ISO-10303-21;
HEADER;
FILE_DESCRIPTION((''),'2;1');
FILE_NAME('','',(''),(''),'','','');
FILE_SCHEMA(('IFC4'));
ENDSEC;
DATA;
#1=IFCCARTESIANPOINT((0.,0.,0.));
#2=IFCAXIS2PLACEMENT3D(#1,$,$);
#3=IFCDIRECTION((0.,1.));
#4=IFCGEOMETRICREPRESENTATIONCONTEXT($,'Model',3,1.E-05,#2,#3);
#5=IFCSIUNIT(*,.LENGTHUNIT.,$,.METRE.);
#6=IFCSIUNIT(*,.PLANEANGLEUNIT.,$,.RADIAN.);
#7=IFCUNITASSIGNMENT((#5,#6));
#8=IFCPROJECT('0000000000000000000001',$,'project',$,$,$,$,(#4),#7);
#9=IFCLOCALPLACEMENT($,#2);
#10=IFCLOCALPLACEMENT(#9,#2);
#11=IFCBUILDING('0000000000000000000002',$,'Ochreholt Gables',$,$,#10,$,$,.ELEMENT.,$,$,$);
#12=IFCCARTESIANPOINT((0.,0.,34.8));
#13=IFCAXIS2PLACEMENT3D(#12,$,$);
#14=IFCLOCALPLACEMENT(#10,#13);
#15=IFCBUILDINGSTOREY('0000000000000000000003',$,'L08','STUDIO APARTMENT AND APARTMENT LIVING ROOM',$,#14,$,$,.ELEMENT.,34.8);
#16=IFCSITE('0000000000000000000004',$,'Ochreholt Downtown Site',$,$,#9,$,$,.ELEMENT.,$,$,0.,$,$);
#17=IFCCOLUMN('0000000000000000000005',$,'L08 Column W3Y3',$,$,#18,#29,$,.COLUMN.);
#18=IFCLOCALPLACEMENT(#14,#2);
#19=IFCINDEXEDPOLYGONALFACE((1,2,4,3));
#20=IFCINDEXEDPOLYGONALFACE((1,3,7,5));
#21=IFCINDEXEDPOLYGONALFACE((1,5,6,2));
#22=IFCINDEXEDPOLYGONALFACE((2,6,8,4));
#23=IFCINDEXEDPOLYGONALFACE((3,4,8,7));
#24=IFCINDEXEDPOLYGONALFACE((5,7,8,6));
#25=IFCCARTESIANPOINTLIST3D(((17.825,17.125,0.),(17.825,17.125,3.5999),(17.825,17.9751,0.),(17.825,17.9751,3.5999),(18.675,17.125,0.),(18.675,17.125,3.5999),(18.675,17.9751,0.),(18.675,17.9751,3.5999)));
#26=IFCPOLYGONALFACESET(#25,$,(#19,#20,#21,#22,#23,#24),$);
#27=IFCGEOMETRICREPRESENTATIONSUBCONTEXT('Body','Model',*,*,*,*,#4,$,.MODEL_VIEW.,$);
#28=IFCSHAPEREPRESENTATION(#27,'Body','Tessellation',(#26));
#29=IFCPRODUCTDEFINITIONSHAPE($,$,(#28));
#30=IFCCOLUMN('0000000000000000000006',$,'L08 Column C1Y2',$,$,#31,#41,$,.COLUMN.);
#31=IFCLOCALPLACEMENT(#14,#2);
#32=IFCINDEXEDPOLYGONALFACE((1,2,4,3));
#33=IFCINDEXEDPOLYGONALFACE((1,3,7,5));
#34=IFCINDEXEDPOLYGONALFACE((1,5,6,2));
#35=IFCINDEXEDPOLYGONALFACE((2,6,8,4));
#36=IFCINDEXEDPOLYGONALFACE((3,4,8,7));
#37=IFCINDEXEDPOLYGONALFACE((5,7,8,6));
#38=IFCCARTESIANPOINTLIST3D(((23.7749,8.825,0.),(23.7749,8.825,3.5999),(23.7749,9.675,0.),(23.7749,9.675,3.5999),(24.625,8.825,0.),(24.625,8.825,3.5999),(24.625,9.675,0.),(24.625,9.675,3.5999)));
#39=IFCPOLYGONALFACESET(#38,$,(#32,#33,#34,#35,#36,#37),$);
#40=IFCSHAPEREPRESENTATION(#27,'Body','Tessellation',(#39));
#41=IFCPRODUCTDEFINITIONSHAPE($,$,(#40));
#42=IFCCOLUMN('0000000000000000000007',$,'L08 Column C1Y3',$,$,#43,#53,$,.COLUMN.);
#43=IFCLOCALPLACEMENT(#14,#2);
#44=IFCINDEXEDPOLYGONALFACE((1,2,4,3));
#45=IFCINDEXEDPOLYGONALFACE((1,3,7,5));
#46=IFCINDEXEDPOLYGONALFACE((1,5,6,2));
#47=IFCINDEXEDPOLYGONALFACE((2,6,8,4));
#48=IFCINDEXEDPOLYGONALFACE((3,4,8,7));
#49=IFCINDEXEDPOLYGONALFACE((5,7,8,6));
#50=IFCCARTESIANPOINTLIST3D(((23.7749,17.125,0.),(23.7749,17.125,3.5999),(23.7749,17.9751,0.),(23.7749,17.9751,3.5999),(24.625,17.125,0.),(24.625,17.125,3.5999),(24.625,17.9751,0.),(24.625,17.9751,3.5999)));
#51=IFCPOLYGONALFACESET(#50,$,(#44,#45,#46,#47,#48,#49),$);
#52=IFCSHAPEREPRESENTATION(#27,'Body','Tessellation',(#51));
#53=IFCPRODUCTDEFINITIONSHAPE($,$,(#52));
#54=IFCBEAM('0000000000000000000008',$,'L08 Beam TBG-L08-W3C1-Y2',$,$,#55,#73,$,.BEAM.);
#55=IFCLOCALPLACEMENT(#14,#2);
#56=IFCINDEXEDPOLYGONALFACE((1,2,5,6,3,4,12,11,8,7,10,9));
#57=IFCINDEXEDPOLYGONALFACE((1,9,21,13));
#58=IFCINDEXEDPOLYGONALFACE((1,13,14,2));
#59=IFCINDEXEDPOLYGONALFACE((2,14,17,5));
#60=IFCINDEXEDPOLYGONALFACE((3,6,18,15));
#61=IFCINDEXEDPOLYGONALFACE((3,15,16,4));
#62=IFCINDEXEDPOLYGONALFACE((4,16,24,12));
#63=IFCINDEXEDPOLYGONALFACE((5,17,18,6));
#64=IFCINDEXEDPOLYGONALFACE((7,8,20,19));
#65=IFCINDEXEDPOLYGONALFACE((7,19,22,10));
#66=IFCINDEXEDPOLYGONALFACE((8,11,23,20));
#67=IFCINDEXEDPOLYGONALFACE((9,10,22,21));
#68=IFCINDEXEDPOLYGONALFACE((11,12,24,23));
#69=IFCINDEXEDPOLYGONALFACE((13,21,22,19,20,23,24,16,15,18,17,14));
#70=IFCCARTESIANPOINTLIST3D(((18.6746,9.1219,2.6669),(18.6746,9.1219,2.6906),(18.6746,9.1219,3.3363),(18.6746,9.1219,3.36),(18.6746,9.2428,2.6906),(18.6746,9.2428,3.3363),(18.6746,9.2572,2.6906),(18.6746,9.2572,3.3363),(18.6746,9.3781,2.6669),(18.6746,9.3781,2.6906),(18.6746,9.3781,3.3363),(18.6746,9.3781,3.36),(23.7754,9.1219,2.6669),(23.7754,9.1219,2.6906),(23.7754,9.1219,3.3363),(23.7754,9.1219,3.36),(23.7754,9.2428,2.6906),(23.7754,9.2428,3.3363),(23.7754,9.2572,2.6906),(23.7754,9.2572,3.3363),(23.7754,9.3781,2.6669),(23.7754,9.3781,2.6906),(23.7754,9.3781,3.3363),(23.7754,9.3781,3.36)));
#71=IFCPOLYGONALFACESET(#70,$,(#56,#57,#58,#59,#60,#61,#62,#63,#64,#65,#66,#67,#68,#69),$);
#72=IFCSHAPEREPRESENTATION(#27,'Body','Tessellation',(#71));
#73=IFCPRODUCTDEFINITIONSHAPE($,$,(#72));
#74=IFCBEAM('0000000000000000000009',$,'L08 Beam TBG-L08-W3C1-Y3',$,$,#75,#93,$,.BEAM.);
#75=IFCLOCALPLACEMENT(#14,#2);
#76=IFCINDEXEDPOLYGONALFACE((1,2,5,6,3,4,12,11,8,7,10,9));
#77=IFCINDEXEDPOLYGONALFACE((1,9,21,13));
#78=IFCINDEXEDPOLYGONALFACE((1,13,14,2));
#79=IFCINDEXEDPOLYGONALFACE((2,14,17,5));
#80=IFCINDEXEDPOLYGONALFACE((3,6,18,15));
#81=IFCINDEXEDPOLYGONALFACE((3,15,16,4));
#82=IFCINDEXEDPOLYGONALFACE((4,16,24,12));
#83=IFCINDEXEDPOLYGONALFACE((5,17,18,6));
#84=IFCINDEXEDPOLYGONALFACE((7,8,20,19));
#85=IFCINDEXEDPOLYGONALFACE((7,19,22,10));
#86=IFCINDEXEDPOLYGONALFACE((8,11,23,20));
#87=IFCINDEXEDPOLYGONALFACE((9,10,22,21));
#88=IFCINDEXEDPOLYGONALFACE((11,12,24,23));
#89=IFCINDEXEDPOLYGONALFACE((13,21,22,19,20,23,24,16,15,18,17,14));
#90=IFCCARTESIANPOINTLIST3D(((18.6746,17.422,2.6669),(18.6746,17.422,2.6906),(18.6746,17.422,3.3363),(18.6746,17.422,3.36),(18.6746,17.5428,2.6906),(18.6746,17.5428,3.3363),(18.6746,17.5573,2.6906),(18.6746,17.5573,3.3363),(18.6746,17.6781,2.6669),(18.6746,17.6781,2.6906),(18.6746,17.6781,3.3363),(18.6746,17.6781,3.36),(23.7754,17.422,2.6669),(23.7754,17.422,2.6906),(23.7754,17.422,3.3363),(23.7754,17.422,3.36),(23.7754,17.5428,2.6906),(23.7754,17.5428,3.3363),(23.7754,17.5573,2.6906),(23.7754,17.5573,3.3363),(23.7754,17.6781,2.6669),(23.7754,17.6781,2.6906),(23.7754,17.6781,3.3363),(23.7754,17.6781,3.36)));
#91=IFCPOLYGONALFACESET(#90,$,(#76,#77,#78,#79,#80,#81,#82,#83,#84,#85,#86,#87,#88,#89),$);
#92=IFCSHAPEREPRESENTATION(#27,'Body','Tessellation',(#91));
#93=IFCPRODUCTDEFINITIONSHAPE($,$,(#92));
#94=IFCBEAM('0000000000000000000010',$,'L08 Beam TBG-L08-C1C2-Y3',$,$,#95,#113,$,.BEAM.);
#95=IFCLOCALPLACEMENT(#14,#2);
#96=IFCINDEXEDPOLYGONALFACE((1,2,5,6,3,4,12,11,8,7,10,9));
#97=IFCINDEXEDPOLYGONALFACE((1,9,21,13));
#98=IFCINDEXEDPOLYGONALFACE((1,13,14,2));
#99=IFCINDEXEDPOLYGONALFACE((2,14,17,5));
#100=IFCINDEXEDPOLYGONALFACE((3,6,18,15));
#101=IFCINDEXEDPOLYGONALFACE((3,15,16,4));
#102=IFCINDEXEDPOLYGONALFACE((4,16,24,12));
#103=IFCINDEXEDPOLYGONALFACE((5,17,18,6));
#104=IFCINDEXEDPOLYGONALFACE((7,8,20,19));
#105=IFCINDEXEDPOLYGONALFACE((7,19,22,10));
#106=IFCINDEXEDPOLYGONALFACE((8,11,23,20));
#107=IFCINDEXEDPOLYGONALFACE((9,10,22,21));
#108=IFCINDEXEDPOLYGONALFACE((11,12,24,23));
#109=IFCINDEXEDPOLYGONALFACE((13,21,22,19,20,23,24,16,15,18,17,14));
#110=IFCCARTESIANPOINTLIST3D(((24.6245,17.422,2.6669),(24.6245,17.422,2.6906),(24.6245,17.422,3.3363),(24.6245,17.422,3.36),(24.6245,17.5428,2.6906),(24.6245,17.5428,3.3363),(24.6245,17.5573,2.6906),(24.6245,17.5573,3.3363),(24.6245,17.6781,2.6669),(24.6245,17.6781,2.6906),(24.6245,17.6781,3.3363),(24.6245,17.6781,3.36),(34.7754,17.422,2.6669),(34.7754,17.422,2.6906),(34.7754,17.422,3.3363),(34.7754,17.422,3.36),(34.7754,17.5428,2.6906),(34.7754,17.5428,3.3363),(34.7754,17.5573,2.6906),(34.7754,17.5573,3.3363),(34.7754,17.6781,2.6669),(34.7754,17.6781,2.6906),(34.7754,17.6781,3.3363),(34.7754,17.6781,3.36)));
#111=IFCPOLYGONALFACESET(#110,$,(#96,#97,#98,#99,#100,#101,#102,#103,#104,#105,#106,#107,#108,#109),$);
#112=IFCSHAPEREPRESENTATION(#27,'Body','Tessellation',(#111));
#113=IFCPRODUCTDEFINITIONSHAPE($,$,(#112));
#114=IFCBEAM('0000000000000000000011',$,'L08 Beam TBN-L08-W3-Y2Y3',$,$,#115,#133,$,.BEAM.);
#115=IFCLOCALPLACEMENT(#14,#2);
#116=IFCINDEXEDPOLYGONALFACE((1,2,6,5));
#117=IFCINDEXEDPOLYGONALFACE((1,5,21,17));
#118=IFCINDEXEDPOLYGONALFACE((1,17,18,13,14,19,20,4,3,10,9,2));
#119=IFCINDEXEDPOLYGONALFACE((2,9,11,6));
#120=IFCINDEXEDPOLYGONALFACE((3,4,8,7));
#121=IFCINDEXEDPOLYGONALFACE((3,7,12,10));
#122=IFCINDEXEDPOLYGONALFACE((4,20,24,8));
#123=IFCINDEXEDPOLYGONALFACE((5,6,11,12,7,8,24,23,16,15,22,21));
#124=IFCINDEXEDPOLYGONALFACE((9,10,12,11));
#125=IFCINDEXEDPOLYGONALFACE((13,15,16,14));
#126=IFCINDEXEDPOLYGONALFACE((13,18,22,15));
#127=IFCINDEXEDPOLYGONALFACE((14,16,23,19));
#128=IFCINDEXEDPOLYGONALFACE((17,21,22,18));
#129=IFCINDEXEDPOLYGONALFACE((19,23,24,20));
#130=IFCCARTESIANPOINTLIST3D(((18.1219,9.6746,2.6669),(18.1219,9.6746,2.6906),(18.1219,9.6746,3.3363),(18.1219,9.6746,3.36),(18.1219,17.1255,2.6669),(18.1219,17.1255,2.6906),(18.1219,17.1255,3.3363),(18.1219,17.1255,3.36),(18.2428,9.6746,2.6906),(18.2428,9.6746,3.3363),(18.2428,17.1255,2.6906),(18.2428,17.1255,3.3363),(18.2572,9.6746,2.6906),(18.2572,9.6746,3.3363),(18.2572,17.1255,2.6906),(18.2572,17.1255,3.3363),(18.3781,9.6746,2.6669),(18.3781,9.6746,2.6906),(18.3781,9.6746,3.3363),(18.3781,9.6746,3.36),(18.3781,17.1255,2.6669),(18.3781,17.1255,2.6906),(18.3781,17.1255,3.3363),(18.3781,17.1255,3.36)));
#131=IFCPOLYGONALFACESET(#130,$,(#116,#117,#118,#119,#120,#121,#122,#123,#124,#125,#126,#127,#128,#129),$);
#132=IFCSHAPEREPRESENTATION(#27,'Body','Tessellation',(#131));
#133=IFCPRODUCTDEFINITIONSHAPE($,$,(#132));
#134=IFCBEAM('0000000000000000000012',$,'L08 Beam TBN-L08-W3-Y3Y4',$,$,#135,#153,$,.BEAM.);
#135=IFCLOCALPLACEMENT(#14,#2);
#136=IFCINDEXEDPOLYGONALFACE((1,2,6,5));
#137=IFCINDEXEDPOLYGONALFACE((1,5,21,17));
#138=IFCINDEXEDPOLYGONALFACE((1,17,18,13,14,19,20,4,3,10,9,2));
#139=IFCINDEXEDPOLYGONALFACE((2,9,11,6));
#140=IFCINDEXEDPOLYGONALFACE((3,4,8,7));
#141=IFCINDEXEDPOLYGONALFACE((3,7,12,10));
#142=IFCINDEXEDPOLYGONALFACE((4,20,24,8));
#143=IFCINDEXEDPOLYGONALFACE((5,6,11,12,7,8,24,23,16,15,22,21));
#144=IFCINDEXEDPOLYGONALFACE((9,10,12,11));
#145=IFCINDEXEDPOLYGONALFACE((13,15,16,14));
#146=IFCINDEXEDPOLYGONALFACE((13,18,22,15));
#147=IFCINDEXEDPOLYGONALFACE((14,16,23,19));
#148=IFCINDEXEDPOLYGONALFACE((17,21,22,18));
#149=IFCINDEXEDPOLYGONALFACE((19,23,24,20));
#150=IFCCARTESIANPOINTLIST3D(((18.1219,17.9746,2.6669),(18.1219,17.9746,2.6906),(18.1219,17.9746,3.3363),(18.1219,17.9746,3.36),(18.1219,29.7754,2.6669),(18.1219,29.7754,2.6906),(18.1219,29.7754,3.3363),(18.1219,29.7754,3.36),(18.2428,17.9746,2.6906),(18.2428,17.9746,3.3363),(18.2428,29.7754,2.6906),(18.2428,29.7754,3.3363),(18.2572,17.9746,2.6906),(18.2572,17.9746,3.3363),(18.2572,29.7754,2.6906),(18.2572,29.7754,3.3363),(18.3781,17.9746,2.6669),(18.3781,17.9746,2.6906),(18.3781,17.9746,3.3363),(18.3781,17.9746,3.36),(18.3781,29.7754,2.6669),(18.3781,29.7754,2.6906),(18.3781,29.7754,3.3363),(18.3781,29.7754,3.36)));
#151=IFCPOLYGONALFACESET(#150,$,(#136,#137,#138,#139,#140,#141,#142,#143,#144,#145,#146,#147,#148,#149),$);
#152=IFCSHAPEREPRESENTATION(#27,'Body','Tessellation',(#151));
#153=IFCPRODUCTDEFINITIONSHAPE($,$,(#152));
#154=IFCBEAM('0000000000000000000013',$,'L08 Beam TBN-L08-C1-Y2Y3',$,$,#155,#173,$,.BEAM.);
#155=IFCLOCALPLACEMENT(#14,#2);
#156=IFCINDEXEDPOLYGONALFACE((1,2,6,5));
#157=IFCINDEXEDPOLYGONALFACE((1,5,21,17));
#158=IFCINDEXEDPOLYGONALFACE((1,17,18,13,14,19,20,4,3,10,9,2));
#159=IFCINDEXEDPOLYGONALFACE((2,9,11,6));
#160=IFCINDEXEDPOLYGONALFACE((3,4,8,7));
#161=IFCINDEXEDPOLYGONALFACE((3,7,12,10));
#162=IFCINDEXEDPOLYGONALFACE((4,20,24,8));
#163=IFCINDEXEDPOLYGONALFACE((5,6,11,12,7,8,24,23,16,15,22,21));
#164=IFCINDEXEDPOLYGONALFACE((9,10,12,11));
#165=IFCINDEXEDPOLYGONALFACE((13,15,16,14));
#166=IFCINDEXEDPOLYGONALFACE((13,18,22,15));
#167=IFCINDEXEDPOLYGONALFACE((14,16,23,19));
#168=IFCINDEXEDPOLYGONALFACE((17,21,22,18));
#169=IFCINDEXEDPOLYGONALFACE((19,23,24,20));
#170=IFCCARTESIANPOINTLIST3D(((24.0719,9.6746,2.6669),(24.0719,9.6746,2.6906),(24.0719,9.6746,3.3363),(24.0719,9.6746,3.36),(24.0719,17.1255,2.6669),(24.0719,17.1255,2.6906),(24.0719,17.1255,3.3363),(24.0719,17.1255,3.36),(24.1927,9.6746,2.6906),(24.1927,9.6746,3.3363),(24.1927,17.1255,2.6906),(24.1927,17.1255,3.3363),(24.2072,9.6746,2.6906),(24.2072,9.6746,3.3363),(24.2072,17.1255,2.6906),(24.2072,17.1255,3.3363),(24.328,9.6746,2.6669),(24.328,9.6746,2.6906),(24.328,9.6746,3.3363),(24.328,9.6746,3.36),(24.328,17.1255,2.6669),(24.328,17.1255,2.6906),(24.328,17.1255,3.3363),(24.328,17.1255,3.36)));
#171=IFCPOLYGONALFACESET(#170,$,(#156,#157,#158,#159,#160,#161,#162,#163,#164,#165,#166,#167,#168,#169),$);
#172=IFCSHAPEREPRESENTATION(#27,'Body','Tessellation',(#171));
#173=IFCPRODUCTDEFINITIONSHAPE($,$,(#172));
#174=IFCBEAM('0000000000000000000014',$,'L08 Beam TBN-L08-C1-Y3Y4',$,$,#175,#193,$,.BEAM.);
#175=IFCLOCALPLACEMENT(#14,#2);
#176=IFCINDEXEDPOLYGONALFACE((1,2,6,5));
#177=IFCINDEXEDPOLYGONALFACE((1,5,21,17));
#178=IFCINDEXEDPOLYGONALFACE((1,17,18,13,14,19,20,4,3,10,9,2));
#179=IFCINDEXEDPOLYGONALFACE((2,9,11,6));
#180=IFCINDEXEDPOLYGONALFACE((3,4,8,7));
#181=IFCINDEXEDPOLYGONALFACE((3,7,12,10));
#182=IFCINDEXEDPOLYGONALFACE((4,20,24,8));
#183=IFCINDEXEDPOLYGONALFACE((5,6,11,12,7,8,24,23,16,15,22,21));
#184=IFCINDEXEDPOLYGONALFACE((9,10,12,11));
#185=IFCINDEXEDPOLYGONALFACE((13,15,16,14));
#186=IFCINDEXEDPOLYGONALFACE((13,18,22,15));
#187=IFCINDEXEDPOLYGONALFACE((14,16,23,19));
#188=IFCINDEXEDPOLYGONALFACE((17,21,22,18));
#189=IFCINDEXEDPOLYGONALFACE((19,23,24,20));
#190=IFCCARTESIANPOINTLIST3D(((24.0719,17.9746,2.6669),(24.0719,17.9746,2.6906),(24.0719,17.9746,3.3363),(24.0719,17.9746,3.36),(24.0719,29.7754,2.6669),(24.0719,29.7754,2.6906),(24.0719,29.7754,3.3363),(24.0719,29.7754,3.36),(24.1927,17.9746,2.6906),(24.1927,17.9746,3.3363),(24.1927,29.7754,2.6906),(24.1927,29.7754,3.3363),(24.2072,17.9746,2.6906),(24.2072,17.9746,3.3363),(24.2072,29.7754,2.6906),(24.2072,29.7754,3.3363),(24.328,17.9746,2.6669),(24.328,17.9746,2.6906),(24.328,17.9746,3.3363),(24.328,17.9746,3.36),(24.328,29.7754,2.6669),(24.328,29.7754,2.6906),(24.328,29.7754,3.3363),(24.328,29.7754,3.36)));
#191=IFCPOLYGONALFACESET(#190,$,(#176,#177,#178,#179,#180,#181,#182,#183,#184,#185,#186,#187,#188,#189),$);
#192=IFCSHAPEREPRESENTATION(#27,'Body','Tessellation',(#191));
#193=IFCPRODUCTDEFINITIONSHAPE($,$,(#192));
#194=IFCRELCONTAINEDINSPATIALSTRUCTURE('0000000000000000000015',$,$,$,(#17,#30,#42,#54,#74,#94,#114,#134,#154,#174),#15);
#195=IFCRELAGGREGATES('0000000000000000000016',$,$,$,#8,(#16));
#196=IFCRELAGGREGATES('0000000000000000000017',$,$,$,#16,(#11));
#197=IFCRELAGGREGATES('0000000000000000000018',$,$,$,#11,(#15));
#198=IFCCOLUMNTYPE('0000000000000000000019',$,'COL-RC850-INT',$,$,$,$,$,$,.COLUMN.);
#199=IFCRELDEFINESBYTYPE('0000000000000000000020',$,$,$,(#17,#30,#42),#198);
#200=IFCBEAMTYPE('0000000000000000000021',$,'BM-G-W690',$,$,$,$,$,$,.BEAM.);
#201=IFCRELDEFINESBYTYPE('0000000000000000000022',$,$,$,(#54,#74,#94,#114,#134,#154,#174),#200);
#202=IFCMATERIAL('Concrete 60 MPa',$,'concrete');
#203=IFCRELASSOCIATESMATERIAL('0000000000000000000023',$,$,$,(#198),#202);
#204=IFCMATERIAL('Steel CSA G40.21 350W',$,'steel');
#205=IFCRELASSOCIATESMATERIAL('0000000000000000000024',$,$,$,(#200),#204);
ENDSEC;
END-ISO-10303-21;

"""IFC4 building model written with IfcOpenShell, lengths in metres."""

from ifc_helpers import new_model, si_unit, direction, frame, origin, origin_2d, place, context, subcontext, project, spatial, rectangle, i_section, extrude, material, material_profile, profile_set, type_object, element, save


model = new_model("IFC4")

# Units and contexts
model_context = context("Model", 3, precision=1e-05, world=origin(), true_north=direction((0.0, 1.0)))
body_context = subcontext(model_context, "Body", "Model", "MODEL_VIEW")
ifc_project = project(units=[si_unit("LENGTHUNIT", "METRE"), si_unit("PLANEANGLEUNIT", "RADIAN")], contexts=[model_context])

# Site, building, storey
site_placement = place(None, origin())
site = spatial("IfcSite", under=ifc_project, at=site_placement, Name="Ochreholt Downtown Site", CompositionType="ELEMENT", RefElevation=0.0)
building_placement = place(site_placement, origin())
building = spatial("IfcBuilding", under=site, at=building_placement, Name="Ochreholt Gables", CompositionType="ELEMENT")
storey_placement = place(building_placement, frame((0.0, 0.0, 34.8)))
storey = spatial("IfcBuildingStorey", under=building, at=storey_placement, Name="L08", Description="STUDIO APARTMENT AND APARTMENT LIVING ROOM", CompositionType="ELEMENT", Elevation=34.8)

# Columns
ifc_material_1 = material(Name="Concrete 60 MPa", Category="concrete")
ifc_material_profile_1 = material_profile(ifc_material_1, rectangle(XDim=0.8501, YDim=0.8501, at=origin_2d()), Name="RC850X850")
ifc_profile_set_1 = profile_set([ifc_material_profile_1], Name="Concrete 60 MPa")
column_type = type_object("IfcColumnType", Name="COL-RC850-INT", PredefinedType="COLUMN", material=ifc_profile_set_1)
for number, where, z_axis, x_axis, name in (
    (1, (18.25, 17.55, 0.0), (0.0, 0.0, 1.0), (1.0, 0.0, 0.0), "L08 Column W3Y3"),
    (2, (24.2, 9.25, 0.0), (0.0, 0.0, 1.0), (1.0, 0.0, 0.0), "L08 Column C1Y2"),
    (3, (24.2, 17.55, 0.0), (0.0, 0.0, 1.0), (1.0, 0.0, 0.0), "L08 Column C1Y3"),
):
    element("IfcColumn", number, at=place(storey_placement, frame(where, z_axis=z_axis, x_axis=x_axis)), inside=storey, type_object=column_type, Name=name, PredefinedType="COLUMN", context=body_context, shape_type="SweptSolid", body=[
        extrude(rectangle(XDim=0.8501, YDim=0.8501, at=origin_2d()), origin(), (0.0, 0.0, 1.0), 3.5999),
    ])

# Beams
ifc_material_2 = material(Name="Steel CSA G40.21 350W", Category="steel")
ifc_material_profile_2 = material_profile(ifc_material_2, i_section(OverallWidth=0.2561, OverallDepth=0.6931, WebThickness=0.0144, FlangeThickness=0.0237, at=origin_2d()), Name="W690X170")
ifc_profile_set_2 = profile_set([ifc_material_profile_2], Name="Steel CSA G40.21 350W")
beam_type_1 = type_object("IfcBeamType", Name="BM-G-W690", PredefinedType="BEAM", material=ifc_profile_set_2)
for number, where, z_axis, x_axis, name in (
    (4, (18.6746, 9.25, 3.0134), (1.0, 0.0, 0.0), (0.0, 1.0, 0.0), "L08 Beam TBG-L08-W3C1-Y2"),
    (5, (18.6746, 17.55, 3.0134), (1.0, 0.0, 0.0), (0.0, 1.0, 0.0), "L08 Beam TBG-L08-W3C1-Y3"),
):
    element("IfcBeam", number, at=place(storey_placement, frame(where, z_axis=z_axis, x_axis=x_axis)), inside=storey, type_object=beam_type_1, Name=name, PredefinedType="BEAM", context=body_context, shape_type="SweptSolid", body=[
        extrude(i_section(OverallWidth=0.2561, OverallDepth=0.6931, WebThickness=0.0144, FlangeThickness=0.0237, at=origin_2d()), origin(), (0.0, 0.0, 1.0), 5.1008),
    ])
beam_1_placement = place(storey_placement, frame((24.6245, 17.55, 3.0134), z_axis=(1.0, 0.0, 0.0), x_axis=(0.0, 1.0, 0.0)))
element("IfcBeam", 6, at=beam_1_placement, inside=storey, type_object=beam_type_1, Name="L08 Beam TBG-L08-C1C2-Y3", PredefinedType="BEAM", context=body_context, shape_type="SweptSolid", body=[
    extrude(i_section(OverallWidth=0.2561, OverallDepth=0.6931, WebThickness=0.0144, FlangeThickness=0.0237, at=origin_2d()), origin(), (0.0, 0.0, 1.0), 10.1509),
])
beam_2_placement = place(storey_placement, frame((18.25, 9.6746, 3.0134), z_axis=(0.0, 1.0, 0.0), x_axis=(-1.0, 0.0, 0.0)))
element("IfcBeam", 7, at=beam_2_placement, inside=storey, type_object=beam_type_1, Name="L08 Beam TBN-L08-W3-Y2Y3", PredefinedType="BEAM", context=body_context, shape_type="SweptSolid", body=[
    extrude(i_section(OverallWidth=0.2561, OverallDepth=0.6931, WebThickness=0.0144, FlangeThickness=0.0237, at=origin_2d()), origin(), (0.0, 0.0, 1.0), 7.4509),
])
beam_3_placement = place(storey_placement, frame((18.25, 17.9746, 3.0134), z_axis=(0.0, 1.0, 0.0), x_axis=(-1.0, 0.0, 0.0)))
element("IfcBeam", 8, at=beam_3_placement, inside=storey, type_object=beam_type_1, Name="L08 Beam TBN-L08-W3-Y3Y4", PredefinedType="BEAM", context=body_context, shape_type="SweptSolid", body=[
    extrude(i_section(OverallWidth=0.2561, OverallDepth=0.6931, WebThickness=0.0144, FlangeThickness=0.0237, at=origin_2d()), origin(), (0.0, 0.0, 1.0), 11.8008),
])
beam_4_placement = place(storey_placement, frame((24.2, 9.6746, 3.0134), z_axis=(0.0, 1.0, 0.0), x_axis=(-1.0, 0.0, 0.0)))
element("IfcBeam", 9, at=beam_4_placement, inside=storey, type_object=beam_type_1, Name="L08 Beam TBN-L08-C1-Y2Y3", PredefinedType="BEAM", context=body_context, shape_type="SweptSolid", body=[
    extrude(i_section(OverallWidth=0.2561, OverallDepth=0.6931, WebThickness=0.0144, FlangeThickness=0.0237, at=origin_2d()), origin(), (0.0, 0.0, 1.0), 7.4509),
])
beam_5_placement = place(storey_placement, frame((24.2, 17.9746, 3.0134), z_axis=(0.0, 1.0, 0.0), x_axis=(-1.0, 0.0, 0.0)))
element("IfcBeam", 10, at=beam_5_placement, inside=storey, type_object=beam_type_1, Name="L08 Beam TBN-L08-C1-Y3Y4", PredefinedType="BEAM", context=body_context, shape_type="SweptSolid", body=[
    extrude(i_section(OverallWidth=0.2561, OverallDepth=0.6931, WebThickness=0.0144, FlangeThickness=0.0237, at=origin_2d()), origin(), (0.0, 0.0, 1.0), 11.8008),
])

save(model, "model.ifc")
